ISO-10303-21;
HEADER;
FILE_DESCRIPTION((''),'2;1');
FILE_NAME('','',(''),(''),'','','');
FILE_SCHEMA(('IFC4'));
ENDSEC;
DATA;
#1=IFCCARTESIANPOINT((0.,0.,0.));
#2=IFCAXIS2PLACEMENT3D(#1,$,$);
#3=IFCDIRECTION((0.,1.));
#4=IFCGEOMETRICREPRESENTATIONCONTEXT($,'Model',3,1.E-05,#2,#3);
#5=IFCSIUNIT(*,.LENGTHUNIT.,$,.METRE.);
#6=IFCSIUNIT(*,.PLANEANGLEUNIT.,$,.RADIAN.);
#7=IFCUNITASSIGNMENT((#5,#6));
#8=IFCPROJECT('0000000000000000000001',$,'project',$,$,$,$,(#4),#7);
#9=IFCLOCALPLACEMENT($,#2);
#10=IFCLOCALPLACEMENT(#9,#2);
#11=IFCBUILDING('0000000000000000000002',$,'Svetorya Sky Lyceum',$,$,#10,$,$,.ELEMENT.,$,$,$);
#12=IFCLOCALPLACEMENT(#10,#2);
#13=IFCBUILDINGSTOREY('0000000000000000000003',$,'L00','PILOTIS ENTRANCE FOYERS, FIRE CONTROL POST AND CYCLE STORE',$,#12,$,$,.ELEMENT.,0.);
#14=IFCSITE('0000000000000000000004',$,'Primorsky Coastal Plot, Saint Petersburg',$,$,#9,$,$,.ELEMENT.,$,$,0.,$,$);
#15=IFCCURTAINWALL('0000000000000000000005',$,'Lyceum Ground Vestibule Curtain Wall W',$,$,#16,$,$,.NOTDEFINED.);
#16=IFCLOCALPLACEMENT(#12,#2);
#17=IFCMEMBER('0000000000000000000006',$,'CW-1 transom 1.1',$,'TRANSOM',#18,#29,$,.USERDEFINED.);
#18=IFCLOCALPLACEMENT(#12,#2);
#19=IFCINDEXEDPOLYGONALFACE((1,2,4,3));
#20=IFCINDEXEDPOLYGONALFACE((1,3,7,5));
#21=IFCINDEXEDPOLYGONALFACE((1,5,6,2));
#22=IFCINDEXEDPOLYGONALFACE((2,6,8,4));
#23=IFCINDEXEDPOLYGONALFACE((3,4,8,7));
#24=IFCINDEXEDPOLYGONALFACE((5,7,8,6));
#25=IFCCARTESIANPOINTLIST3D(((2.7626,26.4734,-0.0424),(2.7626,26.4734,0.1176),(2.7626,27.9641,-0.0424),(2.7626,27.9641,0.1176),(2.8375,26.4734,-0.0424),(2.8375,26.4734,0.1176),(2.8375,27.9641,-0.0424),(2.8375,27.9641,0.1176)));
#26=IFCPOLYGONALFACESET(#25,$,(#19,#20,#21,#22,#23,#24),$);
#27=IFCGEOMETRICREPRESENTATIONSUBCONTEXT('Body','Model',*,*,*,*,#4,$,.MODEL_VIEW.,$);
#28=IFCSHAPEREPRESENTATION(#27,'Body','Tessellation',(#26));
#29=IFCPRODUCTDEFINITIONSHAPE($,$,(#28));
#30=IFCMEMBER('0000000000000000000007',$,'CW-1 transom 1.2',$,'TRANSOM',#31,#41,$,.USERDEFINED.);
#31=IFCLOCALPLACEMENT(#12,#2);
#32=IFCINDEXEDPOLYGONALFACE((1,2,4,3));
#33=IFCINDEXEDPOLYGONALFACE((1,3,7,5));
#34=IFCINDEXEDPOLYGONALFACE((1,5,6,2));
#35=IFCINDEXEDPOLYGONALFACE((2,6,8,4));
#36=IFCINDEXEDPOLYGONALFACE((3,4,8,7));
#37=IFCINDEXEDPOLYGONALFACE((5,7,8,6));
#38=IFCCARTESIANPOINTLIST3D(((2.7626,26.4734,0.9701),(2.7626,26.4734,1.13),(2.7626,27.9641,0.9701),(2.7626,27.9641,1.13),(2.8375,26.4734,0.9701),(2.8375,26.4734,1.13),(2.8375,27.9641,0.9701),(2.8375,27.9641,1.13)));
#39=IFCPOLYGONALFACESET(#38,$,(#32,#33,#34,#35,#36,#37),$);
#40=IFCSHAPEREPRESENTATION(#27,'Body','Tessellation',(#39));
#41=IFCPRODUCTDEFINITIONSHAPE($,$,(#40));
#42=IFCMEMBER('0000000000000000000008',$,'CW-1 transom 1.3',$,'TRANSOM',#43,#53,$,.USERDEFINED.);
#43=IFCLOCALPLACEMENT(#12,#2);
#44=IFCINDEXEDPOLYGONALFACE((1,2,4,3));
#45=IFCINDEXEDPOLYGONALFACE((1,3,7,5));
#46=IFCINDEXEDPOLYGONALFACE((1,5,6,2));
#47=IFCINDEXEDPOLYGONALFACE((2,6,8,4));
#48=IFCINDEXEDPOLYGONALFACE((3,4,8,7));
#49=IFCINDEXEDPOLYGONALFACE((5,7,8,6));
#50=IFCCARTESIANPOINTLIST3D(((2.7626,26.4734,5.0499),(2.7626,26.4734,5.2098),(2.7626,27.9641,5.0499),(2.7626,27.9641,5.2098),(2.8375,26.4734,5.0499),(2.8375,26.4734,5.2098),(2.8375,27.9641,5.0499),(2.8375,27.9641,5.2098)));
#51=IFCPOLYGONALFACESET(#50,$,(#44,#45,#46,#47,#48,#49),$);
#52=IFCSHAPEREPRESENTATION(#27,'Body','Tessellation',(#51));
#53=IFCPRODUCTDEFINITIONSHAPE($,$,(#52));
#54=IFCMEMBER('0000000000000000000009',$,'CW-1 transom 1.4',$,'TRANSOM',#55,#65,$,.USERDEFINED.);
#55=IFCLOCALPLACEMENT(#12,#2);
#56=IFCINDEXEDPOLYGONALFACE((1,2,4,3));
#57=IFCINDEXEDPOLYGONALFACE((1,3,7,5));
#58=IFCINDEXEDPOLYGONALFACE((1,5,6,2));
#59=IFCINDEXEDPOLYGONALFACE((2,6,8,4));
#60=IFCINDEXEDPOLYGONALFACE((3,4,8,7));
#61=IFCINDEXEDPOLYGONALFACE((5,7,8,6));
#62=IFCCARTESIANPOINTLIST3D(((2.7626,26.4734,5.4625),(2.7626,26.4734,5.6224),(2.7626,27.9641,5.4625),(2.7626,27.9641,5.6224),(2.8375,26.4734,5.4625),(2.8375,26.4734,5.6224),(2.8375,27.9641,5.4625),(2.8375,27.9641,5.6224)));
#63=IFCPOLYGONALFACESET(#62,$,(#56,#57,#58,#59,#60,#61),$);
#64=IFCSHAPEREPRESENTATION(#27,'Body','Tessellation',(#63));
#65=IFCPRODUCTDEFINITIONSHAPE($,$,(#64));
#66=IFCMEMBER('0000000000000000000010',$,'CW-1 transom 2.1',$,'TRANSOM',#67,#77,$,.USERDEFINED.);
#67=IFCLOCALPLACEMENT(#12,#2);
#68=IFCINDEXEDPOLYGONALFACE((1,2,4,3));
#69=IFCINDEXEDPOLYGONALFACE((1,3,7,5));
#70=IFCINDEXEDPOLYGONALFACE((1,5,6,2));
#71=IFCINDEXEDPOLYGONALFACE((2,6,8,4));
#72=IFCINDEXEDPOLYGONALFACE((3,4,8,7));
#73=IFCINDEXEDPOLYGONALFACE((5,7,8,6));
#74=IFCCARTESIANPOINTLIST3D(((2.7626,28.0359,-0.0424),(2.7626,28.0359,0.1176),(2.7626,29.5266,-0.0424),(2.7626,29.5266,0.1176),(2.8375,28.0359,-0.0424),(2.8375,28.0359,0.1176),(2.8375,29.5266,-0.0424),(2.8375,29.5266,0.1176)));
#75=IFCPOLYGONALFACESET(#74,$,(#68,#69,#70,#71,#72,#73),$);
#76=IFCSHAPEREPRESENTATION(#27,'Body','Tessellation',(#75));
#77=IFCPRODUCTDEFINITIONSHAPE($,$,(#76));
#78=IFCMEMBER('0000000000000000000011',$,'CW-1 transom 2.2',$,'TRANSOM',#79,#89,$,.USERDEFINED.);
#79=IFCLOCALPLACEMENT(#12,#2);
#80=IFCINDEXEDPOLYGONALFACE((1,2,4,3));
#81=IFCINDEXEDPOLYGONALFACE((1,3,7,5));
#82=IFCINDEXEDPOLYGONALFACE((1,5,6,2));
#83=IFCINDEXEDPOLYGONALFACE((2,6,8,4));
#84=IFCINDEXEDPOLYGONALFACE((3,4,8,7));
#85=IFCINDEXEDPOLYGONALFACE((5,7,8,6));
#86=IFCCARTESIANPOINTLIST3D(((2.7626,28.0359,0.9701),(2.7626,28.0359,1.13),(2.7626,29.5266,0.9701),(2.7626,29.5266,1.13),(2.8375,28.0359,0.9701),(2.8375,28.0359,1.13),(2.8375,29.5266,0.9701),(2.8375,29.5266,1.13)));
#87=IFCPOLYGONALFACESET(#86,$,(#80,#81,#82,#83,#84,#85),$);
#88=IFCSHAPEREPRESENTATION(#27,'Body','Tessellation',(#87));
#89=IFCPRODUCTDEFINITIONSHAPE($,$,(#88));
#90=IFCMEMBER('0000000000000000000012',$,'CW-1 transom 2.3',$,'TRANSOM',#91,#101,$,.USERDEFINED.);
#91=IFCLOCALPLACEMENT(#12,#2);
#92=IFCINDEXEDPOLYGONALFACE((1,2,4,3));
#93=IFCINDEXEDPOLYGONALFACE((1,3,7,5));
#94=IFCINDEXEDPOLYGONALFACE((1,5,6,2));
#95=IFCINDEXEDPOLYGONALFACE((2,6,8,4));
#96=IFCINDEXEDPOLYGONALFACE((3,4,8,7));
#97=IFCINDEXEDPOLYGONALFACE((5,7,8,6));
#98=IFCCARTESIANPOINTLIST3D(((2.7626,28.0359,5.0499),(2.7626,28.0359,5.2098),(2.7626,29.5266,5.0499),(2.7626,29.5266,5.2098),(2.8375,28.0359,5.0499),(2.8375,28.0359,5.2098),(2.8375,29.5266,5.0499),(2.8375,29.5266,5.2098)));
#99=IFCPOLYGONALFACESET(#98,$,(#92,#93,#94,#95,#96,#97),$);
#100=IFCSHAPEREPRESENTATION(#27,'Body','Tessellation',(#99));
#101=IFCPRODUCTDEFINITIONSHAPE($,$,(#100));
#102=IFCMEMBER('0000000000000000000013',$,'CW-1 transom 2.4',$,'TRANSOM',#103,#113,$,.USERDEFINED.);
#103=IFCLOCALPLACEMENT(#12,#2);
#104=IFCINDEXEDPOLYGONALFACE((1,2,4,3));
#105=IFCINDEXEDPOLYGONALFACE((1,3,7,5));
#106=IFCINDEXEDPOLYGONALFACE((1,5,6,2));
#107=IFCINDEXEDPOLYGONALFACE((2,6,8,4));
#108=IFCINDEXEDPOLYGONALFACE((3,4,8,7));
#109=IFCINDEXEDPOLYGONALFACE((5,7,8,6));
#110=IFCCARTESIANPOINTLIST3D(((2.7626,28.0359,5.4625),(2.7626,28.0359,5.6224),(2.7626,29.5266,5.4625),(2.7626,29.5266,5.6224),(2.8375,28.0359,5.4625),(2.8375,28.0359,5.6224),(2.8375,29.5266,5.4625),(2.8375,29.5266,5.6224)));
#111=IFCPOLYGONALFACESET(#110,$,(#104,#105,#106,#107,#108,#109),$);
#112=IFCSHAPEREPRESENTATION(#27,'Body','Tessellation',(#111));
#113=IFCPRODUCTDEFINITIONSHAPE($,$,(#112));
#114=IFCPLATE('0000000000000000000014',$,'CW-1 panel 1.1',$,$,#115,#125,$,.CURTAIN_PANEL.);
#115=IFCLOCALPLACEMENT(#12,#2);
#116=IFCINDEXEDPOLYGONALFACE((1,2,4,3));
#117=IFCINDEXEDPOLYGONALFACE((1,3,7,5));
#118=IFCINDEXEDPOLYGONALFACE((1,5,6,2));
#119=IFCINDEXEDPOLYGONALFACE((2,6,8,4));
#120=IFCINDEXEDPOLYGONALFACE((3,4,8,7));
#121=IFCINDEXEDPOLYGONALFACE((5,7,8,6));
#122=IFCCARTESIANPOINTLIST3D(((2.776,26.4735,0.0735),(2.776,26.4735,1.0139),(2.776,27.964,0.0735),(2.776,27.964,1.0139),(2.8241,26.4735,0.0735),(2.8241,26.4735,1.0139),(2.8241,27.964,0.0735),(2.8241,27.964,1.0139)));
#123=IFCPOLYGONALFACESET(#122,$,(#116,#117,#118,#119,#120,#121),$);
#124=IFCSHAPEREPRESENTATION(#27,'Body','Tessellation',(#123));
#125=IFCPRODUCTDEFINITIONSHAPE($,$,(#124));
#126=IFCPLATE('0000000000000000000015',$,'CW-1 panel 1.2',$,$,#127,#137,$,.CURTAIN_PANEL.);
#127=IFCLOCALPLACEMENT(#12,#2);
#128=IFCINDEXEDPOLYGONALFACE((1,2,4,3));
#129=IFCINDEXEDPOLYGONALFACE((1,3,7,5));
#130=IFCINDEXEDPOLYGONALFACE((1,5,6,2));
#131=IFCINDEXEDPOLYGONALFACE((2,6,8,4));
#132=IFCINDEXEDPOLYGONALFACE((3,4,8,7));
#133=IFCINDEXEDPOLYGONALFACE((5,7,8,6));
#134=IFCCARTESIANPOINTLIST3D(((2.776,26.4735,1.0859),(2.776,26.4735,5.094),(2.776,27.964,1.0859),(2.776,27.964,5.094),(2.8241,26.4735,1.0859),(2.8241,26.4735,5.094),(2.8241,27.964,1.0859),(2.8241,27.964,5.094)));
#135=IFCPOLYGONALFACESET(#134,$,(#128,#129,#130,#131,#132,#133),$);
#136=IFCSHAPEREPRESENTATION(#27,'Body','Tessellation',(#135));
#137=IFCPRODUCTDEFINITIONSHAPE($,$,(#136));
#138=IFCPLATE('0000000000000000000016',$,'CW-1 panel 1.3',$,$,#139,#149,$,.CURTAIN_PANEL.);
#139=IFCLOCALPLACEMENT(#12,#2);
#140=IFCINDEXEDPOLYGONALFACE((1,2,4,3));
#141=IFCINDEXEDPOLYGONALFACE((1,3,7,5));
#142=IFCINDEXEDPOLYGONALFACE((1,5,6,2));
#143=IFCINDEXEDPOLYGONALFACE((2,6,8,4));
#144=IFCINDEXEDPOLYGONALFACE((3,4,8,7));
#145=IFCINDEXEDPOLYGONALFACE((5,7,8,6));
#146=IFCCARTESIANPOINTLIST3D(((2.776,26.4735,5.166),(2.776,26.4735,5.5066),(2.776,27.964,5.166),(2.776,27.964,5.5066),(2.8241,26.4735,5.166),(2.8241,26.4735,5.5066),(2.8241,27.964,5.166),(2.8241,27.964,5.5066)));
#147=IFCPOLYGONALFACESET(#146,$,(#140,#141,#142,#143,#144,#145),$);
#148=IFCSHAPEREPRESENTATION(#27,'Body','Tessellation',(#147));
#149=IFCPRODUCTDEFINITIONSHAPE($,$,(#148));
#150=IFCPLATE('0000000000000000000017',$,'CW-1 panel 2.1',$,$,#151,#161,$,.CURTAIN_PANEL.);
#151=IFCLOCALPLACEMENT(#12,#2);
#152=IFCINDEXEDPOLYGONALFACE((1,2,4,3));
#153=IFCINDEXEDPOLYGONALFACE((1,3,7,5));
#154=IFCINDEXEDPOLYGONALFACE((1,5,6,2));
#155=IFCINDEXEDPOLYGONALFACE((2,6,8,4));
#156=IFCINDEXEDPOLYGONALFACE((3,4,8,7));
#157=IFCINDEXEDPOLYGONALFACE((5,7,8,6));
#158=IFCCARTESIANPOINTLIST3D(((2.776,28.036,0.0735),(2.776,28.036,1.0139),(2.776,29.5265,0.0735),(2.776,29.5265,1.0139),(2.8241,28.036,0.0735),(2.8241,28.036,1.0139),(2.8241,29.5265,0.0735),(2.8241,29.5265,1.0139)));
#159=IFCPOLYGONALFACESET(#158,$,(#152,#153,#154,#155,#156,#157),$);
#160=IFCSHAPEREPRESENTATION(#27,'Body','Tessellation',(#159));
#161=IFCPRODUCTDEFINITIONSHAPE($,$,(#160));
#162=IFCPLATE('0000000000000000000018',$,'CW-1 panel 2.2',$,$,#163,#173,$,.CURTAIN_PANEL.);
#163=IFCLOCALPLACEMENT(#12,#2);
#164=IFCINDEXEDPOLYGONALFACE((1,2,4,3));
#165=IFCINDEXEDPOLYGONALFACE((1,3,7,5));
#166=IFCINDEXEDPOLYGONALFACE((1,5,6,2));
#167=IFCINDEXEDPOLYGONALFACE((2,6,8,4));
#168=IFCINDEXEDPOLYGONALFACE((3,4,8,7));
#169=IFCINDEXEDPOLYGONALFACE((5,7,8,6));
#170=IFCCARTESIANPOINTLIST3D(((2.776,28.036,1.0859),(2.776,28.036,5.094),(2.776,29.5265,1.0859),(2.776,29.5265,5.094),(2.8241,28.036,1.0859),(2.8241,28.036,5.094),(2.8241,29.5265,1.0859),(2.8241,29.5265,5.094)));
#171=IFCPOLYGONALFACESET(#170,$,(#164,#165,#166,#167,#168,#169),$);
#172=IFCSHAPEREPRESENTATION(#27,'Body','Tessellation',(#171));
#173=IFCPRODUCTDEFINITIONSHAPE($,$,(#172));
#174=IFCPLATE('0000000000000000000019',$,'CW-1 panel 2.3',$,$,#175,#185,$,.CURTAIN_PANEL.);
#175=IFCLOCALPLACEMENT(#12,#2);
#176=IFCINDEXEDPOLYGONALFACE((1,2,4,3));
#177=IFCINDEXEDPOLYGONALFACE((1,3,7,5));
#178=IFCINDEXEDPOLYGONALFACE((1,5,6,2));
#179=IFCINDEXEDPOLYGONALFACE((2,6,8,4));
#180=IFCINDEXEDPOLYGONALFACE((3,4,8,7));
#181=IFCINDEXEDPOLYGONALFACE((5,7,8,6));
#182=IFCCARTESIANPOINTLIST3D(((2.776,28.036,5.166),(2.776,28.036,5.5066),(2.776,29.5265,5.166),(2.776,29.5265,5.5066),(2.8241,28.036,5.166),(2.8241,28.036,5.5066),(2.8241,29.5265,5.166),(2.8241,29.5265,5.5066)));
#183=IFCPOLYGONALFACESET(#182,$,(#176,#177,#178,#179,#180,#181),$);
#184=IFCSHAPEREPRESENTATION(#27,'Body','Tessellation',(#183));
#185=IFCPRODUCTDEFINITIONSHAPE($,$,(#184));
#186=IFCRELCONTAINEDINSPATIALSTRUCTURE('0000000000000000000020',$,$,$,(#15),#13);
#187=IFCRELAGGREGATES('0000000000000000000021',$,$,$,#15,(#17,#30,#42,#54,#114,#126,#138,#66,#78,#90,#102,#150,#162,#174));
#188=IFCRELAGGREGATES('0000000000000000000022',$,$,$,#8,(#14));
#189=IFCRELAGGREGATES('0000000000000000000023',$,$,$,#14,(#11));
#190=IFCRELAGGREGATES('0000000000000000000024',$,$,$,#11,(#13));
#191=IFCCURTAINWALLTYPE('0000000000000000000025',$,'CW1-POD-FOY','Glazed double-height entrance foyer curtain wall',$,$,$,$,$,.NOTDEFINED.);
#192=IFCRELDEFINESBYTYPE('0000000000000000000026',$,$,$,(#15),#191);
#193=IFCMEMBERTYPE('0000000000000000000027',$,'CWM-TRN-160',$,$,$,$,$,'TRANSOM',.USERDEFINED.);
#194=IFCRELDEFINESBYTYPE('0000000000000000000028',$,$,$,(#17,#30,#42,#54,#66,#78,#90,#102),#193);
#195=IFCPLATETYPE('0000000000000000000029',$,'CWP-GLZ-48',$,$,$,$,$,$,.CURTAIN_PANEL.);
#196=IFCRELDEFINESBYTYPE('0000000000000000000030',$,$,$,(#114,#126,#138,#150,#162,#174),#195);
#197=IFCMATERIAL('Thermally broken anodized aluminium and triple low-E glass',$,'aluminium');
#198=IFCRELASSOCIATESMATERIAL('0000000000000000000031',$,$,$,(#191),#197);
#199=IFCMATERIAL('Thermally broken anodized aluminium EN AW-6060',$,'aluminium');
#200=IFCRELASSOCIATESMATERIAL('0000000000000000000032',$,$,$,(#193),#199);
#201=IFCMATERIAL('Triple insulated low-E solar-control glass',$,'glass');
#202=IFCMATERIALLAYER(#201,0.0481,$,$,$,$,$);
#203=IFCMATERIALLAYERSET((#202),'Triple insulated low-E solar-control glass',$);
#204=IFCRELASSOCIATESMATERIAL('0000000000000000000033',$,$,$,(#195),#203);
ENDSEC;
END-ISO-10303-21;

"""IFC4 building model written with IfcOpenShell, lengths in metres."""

from ifc_helpers import new_model, si_unit, direction, frame, origin, origin_2d, place, context, subcontext, project, spatial, rectangle, extrude, material, layer, layer_set, material_profile, profile_set, type_object, element, aggregate, save


model = new_model("IFC4")

# Units and contexts
model_context = context("Model", 3, precision=1e-05, world=origin(), true_north=direction((0.0, 1.0)))
body_context = subcontext(model_context, "Body", "Model", "MODEL_VIEW")
ifc_project = project(units=[si_unit("LENGTHUNIT", "METRE"), si_unit("PLANEANGLEUNIT", "RADIAN")], contexts=[model_context])

# Site, building, storey
site_placement = place(None, origin())
site = spatial("IfcSite", under=ifc_project, at=site_placement, Name="Primorsky Coastal Plot, Saint Petersburg", CompositionType="ELEMENT", RefElevation=0.0)
building_placement = place(site_placement, origin())
building = spatial("IfcBuilding", under=site, at=building_placement, Name="Svetorya Sky Lyceum", CompositionType="ELEMENT")
storey_placement = place(building_placement, origin())
storey = spatial("IfcBuildingStorey", under=building, at=storey_placement, Name="L00", Description="PILOTIS ENTRANCE FOYERS, FIRE CONTROL POST AND CYCLE STORE", CompositionType="ELEMENT", Elevation=0.0)

# Curtain wall, members, plates
ifc_material_1 = material(Name="Thermally broken anodized aluminium and triple low-E glass", Category="aluminium")
curtain_wall_type = type_object("IfcCurtainWallType", Name="CW1-POD-FOY", Description="Glazed double-height entrance foyer curtain wall", PredefinedType="NOTDEFINED", material=ifc_material_1)
curtain_wall_placement = place(storey_placement, origin())
curtain_wall = element("IfcCurtainWall", 1, at=curtain_wall_placement, inside=storey, type_object=curtain_wall_type, Name="Lyceum Ground Vestibule Curtain Wall W", PredefinedType="NOTDEFINED")
ifc_material_2 = material(Name="Thermally broken anodized aluminium EN AW-6060", Category="aluminium")
ifc_material_profile_1 = material_profile(ifc_material_2, rectangle(XDim=0.075, YDim=0.1599, at=origin_2d()), Name="ALU TRANSOM 75x160")
ifc_profile_set_1 = profile_set([ifc_material_profile_1], Name="Thermally broken anodized aluminium EN AW-6060")
member_type_1 = type_object("IfcMemberType", Name="CWM-TRN-160", ElementType="TRANSOM", PredefinedType="USERDEFINED", material=ifc_profile_set_1)
member_1_placement = place(storey_placement, frame((2.8, 26.4734, 0.0376), z_axis=(0.0, 1.0, 0.0), x_axis=(-1.0, 0.0, 0.0)))
member_1 = element("IfcMember", 2, at=member_1_placement, type_object=member_type_1, Name="CW-1 transom 1.1", ObjectType="TRANSOM", PredefinedType="USERDEFINED", context=body_context, shape_type="SweptSolid", body=[
    extrude(rectangle(XDim=0.075, YDim=0.1599, at=origin_2d()), origin(), (0.0, 0.0, 1.0), 1.4907),
])
member_2_placement = place(storey_placement, frame((2.8, 26.4734, 1.05), z_axis=(0.0, 1.0, 0.0), x_axis=(-1.0, 0.0, 0.0)))
member_2 = element("IfcMember", 3, at=member_2_placement, type_object=member_type_1, Name="CW-1 transom 1.2", ObjectType="TRANSOM", PredefinedType="USERDEFINED", context=body_context, shape_type="SweptSolid", body=[
    extrude(rectangle(XDim=0.075, YDim=0.1599, at=origin_2d()), origin(), (0.0, 0.0, 1.0), 1.4907),
])
member_3_placement = place(storey_placement, frame((2.8, 26.4734, 5.1299), z_axis=(0.0, 1.0, 0.0), x_axis=(-1.0, 0.0, 0.0)))
member_3 = element("IfcMember", 4, at=member_3_placement, type_object=member_type_1, Name="CW-1 transom 1.3", ObjectType="TRANSOM", PredefinedType="USERDEFINED", context=body_context, shape_type="SweptSolid", body=[
    extrude(rectangle(XDim=0.075, YDim=0.1599, at=origin_2d()), origin(), (0.0, 0.0, 1.0), 1.4907),
])
member_4_placement = place(storey_placement, frame((2.8, 26.4734, 5.5425), z_axis=(0.0, 1.0, 0.0), x_axis=(-1.0, 0.0, 0.0)))
member_4 = element("IfcMember", 5, at=member_4_placement, type_object=member_type_1, Name="CW-1 transom 1.4", ObjectType="TRANSOM", PredefinedType="USERDEFINED", context=body_context, shape_type="SweptSolid", body=[
    extrude(rectangle(XDim=0.075, YDim=0.1599, at=origin_2d()), origin(), (0.0, 0.0, 1.0), 1.4907),
])
member_5_placement = place(storey_placement, frame((2.8, 28.0359, 0.0376), z_axis=(0.0, 1.0, 0.0), x_axis=(-1.0, 0.0, 0.0)))
member_5 = element("IfcMember", 6, at=member_5_placement, type_object=member_type_1, Name="CW-1 transom 2.1", ObjectType="TRANSOM", PredefinedType="USERDEFINED", context=body_context, shape_type="SweptSolid", body=[
    extrude(rectangle(XDim=0.075, YDim=0.1599, at=origin_2d()), origin(), (0.0, 0.0, 1.0), 1.4907),
])
member_6_placement = place(storey_placement, frame((2.8, 28.0359, 1.05), z_axis=(0.0, 1.0, 0.0), x_axis=(-1.0, 0.0, 0.0)))
member_6 = element("IfcMember", 7, at=member_6_placement, type_object=member_type_1, Name="CW-1 transom 2.2", ObjectType="TRANSOM", PredefinedType="USERDEFINED", context=body_context, shape_type="SweptSolid", body=[
    extrude(rectangle(XDim=0.075, YDim=0.1599, at=origin_2d()), origin(), (0.0, 0.0, 1.0), 1.4907),
])
member_7_placement = place(storey_placement, frame((2.8, 28.0359, 5.1299), z_axis=(0.0, 1.0, 0.0), x_axis=(-1.0, 0.0, 0.0)))
member_7 = element("IfcMember", 8, at=member_7_placement, type_object=member_type_1, Name="CW-1 transom 2.3", ObjectType="TRANSOM", PredefinedType="USERDEFINED", context=body_context, shape_type="SweptSolid", body=[
    extrude(rectangle(XDim=0.075, YDim=0.1599, at=origin_2d()), origin(), (0.0, 0.0, 1.0), 1.4907),
])
member_8_placement = place(storey_placement, frame((2.8, 28.0359, 5.5425), z_axis=(0.0, 1.0, 0.0), x_axis=(-1.0, 0.0, 0.0)))
member_8 = element("IfcMember", 9, at=member_8_placement, type_object=member_type_1, Name="CW-1 transom 2.4", ObjectType="TRANSOM", PredefinedType="USERDEFINED", context=body_context, shape_type="SweptSolid", body=[
    extrude(rectangle(XDim=0.075, YDim=0.1599, at=origin_2d()), origin(), (0.0, 0.0, 1.0), 1.4907),
])
ifc_material_3 = material(Name="Triple insulated low-E solar-control glass", Category="glass")
ifc_layer_1 = layer(ifc_material_3, 0.0481)
ifc_layer_set_1 = layer_set([ifc_layer_1], Name="Triple insulated low-E solar-control glass")
plate_type = type_object("IfcPlateType", Name="CWP-GLZ-48", PredefinedType="CURTAIN_PANEL", material=ifc_layer_set_1)
plate_1_placement = place(storey_placement, frame((2.8, 27.2188, 0.0735), z_axis=(0.0, 0.0, 1.0), x_axis=(0.0, 1.0, 0.0)))
plate_1 = element("IfcPlate", 10, at=plate_1_placement, type_object=plate_type, Name="CW-1 panel 1.1", PredefinedType="CURTAIN_PANEL", context=body_context, shape_type="SweptSolid", body=[
    extrude(rectangle(XDim=1.4905, YDim=0.0481, at=origin_2d()), origin(), (0.0, 0.0, 1.0), 0.9404),
])
plate_2_placement = place(storey_placement, frame((2.8, 27.2188, 1.0859), z_axis=(0.0, 0.0, 1.0), x_axis=(0.0, 1.0, 0.0)))
plate_2 = element("IfcPlate", 11, at=plate_2_placement, type_object=plate_type, Name="CW-1 panel 1.2", PredefinedType="CURTAIN_PANEL", context=body_context, shape_type="SweptSolid", body=[
    extrude(rectangle(XDim=1.4905, YDim=0.0481, at=origin_2d()), origin(), (0.0, 0.0, 1.0), 4.0081),
])
plate_3_placement = place(storey_placement, frame((2.8, 27.2188, 5.166), z_axis=(0.0, 0.0, 1.0), x_axis=(0.0, 1.0, 0.0)))
plate_3 = element("IfcPlate", 12, at=plate_3_placement, type_object=plate_type, Name="CW-1 panel 1.3", PredefinedType="CURTAIN_PANEL", context=body_context, shape_type="SweptSolid", body=[
    extrude(rectangle(XDim=1.4905, YDim=0.0481, at=origin_2d()), origin(), (0.0, 0.0, 1.0), 0.3406),
])
plate_4_placement = place(storey_placement, frame((2.8, 28.7812, 0.0735), z_axis=(0.0, 0.0, 1.0), x_axis=(0.0, 1.0, 0.0)))
plate_4 = element("IfcPlate", 13, at=plate_4_placement, type_object=plate_type, Name="CW-1 panel 2.1", PredefinedType="CURTAIN_PANEL", context=body_context, shape_type="SweptSolid", body=[
    extrude(rectangle(XDim=1.4905, YDim=0.0481, at=origin_2d()), origin(), (0.0, 0.0, 1.0), 0.9404),
])
plate_5_placement = place(storey_placement, frame((2.8, 28.7812, 1.0859), z_axis=(0.0, 0.0, 1.0), x_axis=(0.0, 1.0, 0.0)))
plate_5 = element("IfcPlate", 14, at=plate_5_placement, type_object=plate_type, Name="CW-1 panel 2.2", PredefinedType="CURTAIN_PANEL", context=body_context, shape_type="SweptSolid", body=[
    extrude(rectangle(XDim=1.4905, YDim=0.0481, at=origin_2d()), origin(), (0.0, 0.0, 1.0), 4.0081),
])
plate_6_placement = place(storey_placement, frame((2.8, 28.7812, 5.166), z_axis=(0.0, 0.0, 1.0), x_axis=(0.0, 1.0, 0.0)))
plate_6 = element("IfcPlate", 15, at=plate_6_placement, type_object=plate_type, Name="CW-1 panel 2.3", PredefinedType="CURTAIN_PANEL", context=body_context, shape_type="SweptSolid", body=[
    extrude(rectangle(XDim=1.4905, YDim=0.0481, at=origin_2d()), origin(), (0.0, 0.0, 1.0), 0.3406),
])
aggregate(curtain_wall, [member_1, member_2, member_3, member_4, plate_1, plate_2, plate_3, member_5, member_6, member_7, member_8, plate_4, plate_5, plate_6])

save(model, "model.ifc")
